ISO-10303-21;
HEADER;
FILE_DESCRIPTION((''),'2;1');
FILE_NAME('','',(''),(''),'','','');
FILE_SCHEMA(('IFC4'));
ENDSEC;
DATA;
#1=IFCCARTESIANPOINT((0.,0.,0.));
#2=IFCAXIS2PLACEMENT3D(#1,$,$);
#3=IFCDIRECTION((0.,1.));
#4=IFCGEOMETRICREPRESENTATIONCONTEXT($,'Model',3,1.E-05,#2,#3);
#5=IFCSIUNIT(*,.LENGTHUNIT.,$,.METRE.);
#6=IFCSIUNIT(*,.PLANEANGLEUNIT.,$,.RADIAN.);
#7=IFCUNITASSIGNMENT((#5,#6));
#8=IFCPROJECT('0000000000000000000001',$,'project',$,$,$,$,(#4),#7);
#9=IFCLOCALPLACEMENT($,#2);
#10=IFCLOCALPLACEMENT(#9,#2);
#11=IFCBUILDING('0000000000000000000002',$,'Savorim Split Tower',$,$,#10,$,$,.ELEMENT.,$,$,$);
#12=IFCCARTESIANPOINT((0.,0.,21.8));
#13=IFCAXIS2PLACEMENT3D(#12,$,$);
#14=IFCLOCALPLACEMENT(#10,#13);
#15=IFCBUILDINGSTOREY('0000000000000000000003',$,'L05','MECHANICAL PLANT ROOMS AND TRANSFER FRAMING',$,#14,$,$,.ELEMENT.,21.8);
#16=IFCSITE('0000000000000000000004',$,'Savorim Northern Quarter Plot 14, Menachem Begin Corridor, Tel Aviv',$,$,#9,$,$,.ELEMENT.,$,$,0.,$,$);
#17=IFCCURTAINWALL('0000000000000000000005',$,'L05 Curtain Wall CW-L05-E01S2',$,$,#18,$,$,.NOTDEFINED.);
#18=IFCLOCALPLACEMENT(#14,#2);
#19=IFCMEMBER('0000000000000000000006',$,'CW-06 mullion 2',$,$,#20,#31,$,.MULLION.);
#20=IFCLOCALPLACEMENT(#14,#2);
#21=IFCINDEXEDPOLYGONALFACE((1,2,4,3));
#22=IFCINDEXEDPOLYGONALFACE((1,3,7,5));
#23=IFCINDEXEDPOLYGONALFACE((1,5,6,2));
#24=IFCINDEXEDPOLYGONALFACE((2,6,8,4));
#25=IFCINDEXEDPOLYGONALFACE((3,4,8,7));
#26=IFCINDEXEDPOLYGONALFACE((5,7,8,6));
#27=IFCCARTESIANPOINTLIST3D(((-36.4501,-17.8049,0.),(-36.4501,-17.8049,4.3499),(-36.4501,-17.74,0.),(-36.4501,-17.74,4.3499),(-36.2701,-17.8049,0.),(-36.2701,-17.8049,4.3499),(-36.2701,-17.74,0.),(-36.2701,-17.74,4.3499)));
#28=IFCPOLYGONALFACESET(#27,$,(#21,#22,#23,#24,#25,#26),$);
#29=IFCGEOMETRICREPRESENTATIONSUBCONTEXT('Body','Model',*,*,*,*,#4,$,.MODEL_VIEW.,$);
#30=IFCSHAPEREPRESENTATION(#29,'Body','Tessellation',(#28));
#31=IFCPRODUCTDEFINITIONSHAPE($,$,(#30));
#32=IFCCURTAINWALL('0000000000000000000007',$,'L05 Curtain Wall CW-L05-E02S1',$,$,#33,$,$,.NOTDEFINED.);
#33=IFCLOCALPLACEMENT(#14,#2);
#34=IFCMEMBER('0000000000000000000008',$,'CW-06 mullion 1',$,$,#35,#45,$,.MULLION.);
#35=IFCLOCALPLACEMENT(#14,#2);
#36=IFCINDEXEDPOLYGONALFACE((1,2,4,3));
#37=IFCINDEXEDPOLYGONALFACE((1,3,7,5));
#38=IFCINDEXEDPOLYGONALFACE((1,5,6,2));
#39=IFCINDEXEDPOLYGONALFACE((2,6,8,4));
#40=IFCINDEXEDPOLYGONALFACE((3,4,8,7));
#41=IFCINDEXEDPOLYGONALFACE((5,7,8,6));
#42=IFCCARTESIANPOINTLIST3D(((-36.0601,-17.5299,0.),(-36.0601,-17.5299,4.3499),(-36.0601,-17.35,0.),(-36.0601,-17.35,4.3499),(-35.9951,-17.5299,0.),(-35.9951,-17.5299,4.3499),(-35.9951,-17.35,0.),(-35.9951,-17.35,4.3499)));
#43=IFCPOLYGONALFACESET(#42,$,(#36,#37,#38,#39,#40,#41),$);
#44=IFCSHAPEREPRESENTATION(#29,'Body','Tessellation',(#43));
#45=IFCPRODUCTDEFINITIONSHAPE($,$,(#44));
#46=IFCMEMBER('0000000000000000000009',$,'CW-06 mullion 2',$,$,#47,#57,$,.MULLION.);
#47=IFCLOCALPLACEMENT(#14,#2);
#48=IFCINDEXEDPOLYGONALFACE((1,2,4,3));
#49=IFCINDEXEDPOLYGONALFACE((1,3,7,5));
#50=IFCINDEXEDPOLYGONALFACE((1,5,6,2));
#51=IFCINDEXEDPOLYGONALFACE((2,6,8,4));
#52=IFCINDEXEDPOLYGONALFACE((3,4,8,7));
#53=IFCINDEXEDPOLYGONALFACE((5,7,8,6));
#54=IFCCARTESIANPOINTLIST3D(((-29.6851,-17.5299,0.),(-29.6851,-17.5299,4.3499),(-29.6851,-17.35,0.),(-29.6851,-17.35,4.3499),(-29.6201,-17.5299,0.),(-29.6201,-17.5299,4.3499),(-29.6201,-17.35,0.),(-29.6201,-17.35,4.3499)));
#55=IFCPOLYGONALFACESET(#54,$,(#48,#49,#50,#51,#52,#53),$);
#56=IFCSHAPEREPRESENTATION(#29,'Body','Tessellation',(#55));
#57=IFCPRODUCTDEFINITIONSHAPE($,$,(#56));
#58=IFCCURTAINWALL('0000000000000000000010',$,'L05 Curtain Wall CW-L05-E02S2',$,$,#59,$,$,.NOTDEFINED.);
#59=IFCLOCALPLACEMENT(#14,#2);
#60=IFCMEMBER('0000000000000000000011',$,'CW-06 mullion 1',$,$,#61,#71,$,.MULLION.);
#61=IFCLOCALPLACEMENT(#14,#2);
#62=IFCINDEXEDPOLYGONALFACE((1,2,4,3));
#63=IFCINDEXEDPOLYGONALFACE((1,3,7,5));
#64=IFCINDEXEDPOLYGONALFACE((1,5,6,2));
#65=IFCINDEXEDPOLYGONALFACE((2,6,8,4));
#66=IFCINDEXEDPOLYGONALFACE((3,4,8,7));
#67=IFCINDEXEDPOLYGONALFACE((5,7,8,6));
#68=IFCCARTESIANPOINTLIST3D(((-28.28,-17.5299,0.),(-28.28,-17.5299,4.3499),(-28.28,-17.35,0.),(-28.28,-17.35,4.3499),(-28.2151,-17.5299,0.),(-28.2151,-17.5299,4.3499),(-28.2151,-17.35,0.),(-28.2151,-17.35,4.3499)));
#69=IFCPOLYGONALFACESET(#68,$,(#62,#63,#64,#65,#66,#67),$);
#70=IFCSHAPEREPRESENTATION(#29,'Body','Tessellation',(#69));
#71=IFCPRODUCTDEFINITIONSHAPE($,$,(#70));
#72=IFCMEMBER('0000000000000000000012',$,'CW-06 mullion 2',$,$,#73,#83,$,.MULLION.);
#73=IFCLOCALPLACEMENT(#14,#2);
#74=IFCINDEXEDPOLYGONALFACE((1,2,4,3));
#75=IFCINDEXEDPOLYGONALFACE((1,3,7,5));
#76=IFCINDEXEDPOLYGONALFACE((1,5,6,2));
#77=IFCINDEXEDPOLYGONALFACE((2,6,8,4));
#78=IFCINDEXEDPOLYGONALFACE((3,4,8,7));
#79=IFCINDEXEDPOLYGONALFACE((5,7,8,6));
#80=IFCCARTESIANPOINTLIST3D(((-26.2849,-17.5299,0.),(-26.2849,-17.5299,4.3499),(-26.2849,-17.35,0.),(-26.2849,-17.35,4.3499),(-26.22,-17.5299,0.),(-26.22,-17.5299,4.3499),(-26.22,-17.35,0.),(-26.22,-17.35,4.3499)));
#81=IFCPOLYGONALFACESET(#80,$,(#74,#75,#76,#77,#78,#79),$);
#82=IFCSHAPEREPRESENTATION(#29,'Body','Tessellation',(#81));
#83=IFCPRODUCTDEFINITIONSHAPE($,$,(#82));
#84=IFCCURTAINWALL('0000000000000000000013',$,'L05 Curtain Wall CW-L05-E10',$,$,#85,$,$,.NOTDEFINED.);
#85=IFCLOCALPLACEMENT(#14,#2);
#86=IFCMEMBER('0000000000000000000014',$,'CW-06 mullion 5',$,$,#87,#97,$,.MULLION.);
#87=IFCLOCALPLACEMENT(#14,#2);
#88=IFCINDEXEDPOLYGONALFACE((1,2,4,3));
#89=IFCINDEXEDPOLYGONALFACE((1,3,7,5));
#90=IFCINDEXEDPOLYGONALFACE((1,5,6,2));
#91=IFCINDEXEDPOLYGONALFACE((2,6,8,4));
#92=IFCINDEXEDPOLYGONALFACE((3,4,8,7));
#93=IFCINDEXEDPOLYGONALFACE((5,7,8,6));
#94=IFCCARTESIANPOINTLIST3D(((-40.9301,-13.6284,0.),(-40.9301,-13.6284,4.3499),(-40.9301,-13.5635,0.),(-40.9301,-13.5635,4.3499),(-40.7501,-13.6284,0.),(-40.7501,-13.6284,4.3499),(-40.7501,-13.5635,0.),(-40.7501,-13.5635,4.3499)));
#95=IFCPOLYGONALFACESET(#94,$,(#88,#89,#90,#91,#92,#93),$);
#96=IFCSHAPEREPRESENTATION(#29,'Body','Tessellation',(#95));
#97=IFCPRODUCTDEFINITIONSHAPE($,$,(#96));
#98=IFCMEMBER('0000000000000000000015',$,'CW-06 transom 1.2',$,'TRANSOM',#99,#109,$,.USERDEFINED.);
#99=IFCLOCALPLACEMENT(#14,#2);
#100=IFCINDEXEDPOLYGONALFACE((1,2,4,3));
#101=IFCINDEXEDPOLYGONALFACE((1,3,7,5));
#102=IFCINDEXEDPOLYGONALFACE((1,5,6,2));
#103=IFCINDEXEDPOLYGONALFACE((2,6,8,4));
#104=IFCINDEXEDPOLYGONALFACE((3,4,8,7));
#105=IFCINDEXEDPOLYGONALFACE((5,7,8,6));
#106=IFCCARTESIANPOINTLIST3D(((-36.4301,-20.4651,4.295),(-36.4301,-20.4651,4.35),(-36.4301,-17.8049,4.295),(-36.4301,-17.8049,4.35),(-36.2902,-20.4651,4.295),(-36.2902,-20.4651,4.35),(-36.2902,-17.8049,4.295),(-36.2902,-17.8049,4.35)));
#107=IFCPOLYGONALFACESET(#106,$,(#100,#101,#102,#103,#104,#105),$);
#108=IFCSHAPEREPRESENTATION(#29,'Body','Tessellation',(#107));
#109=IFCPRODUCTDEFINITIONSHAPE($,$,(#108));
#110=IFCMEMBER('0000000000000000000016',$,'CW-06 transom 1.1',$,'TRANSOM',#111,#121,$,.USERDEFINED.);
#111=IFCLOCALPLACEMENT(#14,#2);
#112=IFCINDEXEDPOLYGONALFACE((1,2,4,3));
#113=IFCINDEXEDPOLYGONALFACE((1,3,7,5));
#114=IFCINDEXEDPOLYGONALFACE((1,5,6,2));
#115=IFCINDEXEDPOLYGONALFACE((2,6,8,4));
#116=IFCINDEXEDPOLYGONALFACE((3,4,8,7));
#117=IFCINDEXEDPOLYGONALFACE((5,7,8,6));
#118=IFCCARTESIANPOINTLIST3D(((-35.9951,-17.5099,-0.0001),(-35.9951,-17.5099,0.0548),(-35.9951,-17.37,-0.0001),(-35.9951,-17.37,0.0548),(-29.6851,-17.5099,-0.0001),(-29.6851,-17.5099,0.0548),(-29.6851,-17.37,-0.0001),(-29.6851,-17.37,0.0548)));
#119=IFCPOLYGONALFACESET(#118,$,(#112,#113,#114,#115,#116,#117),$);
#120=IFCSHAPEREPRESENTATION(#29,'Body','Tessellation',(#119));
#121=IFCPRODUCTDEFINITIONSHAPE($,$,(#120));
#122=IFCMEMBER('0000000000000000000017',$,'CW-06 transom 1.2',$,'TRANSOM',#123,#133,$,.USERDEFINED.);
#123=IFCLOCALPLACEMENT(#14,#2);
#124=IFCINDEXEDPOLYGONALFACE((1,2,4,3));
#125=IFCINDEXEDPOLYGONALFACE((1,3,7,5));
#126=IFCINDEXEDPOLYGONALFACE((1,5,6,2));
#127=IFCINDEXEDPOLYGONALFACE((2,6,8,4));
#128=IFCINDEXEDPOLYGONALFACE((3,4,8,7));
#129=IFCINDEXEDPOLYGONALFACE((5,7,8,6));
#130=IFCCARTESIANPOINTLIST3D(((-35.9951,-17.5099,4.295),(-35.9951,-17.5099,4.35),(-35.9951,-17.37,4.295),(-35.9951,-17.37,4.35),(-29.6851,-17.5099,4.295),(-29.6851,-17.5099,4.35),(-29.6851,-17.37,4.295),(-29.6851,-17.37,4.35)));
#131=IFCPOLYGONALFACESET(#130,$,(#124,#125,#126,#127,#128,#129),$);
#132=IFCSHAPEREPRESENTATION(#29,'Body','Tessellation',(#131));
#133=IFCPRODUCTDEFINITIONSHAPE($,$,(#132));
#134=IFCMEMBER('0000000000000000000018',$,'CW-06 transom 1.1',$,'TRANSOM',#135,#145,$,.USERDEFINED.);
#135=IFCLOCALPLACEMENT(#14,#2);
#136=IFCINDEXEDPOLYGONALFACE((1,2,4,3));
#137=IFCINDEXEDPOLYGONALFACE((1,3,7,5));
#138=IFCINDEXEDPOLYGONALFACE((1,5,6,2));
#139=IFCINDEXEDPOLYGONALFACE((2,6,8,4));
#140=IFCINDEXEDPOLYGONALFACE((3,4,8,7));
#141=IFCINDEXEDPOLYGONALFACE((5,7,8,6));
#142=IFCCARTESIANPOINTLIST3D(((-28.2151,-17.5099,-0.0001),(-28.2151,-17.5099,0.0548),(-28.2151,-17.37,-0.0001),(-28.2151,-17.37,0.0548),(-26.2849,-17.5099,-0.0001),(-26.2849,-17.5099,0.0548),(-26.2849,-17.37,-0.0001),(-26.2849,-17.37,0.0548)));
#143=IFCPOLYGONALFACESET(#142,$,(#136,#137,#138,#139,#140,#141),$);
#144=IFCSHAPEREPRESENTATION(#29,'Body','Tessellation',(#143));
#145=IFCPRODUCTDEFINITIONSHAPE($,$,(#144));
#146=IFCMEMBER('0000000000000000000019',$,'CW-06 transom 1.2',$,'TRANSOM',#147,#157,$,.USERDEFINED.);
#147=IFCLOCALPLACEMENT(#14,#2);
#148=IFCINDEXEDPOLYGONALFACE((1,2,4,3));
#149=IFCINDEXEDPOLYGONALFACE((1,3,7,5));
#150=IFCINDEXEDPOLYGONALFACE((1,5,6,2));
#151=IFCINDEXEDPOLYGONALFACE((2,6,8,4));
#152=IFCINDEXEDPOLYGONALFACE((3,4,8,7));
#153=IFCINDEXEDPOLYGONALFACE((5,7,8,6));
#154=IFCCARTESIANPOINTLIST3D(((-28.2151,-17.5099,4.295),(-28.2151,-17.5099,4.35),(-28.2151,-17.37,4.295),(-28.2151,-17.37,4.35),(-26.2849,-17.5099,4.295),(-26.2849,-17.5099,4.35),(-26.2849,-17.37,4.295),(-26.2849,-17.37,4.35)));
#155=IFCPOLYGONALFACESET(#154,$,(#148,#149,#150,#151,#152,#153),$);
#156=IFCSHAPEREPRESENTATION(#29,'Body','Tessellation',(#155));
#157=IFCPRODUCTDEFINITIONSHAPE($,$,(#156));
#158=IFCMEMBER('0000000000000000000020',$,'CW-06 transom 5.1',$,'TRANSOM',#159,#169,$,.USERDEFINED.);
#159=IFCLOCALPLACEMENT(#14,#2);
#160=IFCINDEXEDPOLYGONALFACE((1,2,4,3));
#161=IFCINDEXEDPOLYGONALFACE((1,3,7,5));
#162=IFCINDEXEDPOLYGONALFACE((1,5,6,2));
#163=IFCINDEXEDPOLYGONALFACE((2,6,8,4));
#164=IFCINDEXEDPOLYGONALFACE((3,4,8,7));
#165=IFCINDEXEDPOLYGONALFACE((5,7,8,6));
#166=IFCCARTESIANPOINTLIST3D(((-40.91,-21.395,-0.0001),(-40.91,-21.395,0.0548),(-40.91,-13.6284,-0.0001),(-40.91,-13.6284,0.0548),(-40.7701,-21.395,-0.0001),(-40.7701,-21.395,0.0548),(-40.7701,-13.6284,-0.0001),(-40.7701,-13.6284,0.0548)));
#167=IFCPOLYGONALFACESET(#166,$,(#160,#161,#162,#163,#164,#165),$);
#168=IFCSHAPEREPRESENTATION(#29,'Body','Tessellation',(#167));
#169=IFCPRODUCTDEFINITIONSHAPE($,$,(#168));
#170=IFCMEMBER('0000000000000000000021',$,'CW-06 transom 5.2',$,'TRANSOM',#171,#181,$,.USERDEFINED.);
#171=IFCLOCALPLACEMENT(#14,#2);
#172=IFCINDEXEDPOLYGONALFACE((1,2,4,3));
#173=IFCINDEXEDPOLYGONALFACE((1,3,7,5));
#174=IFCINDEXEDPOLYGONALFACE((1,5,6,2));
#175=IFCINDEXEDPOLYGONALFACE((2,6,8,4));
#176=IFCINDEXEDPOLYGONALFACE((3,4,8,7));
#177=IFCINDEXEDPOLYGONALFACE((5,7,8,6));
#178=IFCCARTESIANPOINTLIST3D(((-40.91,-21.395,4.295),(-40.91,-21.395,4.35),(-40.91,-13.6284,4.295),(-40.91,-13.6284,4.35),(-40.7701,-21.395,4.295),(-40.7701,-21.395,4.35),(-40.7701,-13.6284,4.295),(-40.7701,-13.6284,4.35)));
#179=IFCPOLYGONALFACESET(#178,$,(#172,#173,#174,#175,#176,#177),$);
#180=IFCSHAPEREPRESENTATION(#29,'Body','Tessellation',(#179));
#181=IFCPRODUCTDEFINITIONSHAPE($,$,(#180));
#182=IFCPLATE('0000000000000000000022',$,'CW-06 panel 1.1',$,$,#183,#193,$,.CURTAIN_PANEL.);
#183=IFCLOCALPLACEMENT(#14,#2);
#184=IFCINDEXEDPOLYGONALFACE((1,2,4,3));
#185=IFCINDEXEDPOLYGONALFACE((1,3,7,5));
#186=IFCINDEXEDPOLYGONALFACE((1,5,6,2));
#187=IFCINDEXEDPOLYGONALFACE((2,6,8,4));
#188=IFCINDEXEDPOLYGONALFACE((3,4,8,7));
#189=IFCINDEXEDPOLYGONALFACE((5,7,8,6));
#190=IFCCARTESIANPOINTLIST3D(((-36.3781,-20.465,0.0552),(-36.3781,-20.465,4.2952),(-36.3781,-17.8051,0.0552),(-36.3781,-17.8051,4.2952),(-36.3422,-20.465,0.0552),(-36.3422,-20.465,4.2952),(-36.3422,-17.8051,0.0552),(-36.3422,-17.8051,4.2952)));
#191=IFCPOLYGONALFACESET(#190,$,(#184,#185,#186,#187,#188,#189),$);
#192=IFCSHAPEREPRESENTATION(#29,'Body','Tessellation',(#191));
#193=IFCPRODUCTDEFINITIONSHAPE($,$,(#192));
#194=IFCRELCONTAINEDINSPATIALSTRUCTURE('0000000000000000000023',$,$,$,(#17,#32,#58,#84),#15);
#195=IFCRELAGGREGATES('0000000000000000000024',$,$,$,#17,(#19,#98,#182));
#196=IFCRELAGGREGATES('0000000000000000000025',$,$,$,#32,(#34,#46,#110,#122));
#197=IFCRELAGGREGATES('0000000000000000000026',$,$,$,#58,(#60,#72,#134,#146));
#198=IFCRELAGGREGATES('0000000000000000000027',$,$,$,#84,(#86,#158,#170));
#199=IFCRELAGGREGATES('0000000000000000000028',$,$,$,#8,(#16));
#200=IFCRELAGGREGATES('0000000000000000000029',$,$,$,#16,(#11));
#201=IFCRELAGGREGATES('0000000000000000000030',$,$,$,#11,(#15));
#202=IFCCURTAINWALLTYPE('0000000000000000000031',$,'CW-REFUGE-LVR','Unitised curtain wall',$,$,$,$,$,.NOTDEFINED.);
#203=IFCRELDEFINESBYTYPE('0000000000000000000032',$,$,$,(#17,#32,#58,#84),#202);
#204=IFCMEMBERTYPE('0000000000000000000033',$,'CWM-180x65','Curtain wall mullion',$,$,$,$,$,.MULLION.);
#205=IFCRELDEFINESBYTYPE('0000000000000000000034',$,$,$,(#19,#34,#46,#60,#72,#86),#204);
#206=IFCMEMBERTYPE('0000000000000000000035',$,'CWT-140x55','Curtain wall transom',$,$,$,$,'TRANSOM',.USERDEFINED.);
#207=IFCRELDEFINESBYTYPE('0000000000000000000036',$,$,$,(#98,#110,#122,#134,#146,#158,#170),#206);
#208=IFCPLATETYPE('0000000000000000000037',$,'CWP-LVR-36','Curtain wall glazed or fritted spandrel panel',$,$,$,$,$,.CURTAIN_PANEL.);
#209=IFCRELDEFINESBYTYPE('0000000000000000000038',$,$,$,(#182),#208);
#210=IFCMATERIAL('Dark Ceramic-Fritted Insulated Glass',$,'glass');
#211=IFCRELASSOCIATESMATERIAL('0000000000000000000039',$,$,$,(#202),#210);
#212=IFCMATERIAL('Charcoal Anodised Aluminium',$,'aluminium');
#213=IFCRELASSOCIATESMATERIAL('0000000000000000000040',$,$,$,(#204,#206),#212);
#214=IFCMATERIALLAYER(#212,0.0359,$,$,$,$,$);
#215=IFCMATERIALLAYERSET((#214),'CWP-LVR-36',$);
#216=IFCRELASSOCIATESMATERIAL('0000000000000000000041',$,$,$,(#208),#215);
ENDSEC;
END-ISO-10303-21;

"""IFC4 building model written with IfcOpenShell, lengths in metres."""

from ifc_helpers import new_model, si_unit, direction, frame, origin, origin_2d, place, context, subcontext, project, spatial, rectangle, extrude, material, layer, layer_set, material_profile, profile_set, type_object, element, aggregate, save


model = new_model("IFC4")

# Units and contexts
model_context = context("Model", 3, precision=1e-05, world=origin(), true_north=direction((0.0, 1.0)))
body_context = subcontext(model_context, "Body", "Model", "MODEL_VIEW")
ifc_project = project(units=[si_unit("LENGTHUNIT", "METRE"), si_unit("PLANEANGLEUNIT", "RADIAN")], contexts=[model_context])

# Site, building, storey
site_placement = place(None, origin())
site = spatial("IfcSite", under=ifc_project, at=site_placement, Name="Savorim Northern Quarter Plot 14, Menachem Begin Corridor, Tel Aviv", CompositionType="ELEMENT", RefElevation=0.0)
building_placement = place(site_placement, origin())
building = spatial("IfcBuilding", under=site, at=building_placement, Name="Savorim Split Tower", CompositionType="ELEMENT")
storey_placement = place(building_placement, frame((0.0, 0.0, 21.8)))
storey = spatial("IfcBuildingStorey", under=building, at=storey_placement, Name="L05", Description="MECHANICAL PLANT ROOMS AND TRANSFER FRAMING", CompositionType="ELEMENT", Elevation=21.8)

# Curtain wall, member
ifc_material_1 = material(Name="Dark Ceramic-Fritted Insulated Glass", Category="glass")
curtain_wall_type = type_object("IfcCurtainWallType", Name="CW-REFUGE-LVR", Description="Unitised curtain wall", PredefinedType="NOTDEFINED", material=ifc_material_1)
curtain_wall_1_placement = place(storey_placement, origin())
curtain_wall_1 = element("IfcCurtainWall", 1, at=curtain_wall_1_placement, inside=storey, type_object=curtain_wall_type, Name="L05 Curtain Wall CW-L05-E01S2", PredefinedType="NOTDEFINED")
ifc_material_2 = material(Name="Charcoal Anodised Aluminium", Category="aluminium")
ifc_material_profile_1 = material_profile(ifc_material_2, rectangle(XDim=0.1799, YDim=0.0649, at=origin_2d()), Name="ALU-M 180x65")
ifc_profile_set_1 = profile_set([ifc_material_profile_1], Name="Charcoal Anodised Aluminium")
member_type_1 = type_object("IfcMemberType", Name="CWM-180x65", Description="Curtain wall mullion", PredefinedType="MULLION", material=ifc_profile_set_1)
member_1_placement = place(storey_placement, frame((-36.3601, -17.7725, 0.0), z_axis=(0.0, 0.0, 1.0), x_axis=(-1.0, 0.0, 0.0)))
member_1 = element("IfcMember", 2, at=member_1_placement, type_object=member_type_1, Name="CW-06 mullion 2", PredefinedType="MULLION", context=body_context, shape_type="SweptSolid", body=[
    extrude(rectangle(XDim=0.1799, YDim=0.0649, at=origin_2d()), origin(), (0.0, 0.0, 1.0), 4.3499),
])

# Curtain walls, members
curtain_wall_2_placement = place(storey_placement, origin())
curtain_wall_2 = element("IfcCurtainWall", 3, at=curtain_wall_2_placement, inside=storey, type_object=curtain_wall_type, Name="L05 Curtain Wall CW-L05-E02S1", PredefinedType="NOTDEFINED")
member_2_placement = place(storey_placement, frame((-36.0276, -17.4399, 0.0), z_axis=(0.0, 0.0, 1.0), x_axis=(0.0, 1.0, 0.0)))
member_2 = element("IfcMember", 4, at=member_2_placement, type_object=member_type_1, Name="CW-06 mullion 1", PredefinedType="MULLION", context=body_context, shape_type="SweptSolid", body=[
    extrude(rectangle(XDim=0.1799, YDim=0.0649, at=origin_2d()), origin(), (0.0, 0.0, 1.0), 4.3499),
])
member_3_placement = place(storey_placement, frame((-29.6526, -17.4399, 0.0), z_axis=(0.0, 0.0, 1.0), x_axis=(0.0, 1.0, 0.0)))
member_3 = element("IfcMember", 5, at=member_3_placement, type_object=member_type_1, Name="CW-06 mullion 2", PredefinedType="MULLION", context=body_context, shape_type="SweptSolid", body=[
    extrude(rectangle(XDim=0.1799, YDim=0.0649, at=origin_2d()), origin(), (0.0, 0.0, 1.0), 4.3499),
])
curtain_wall_3_placement = place(storey_placement, origin())
curtain_wall_3 = element("IfcCurtainWall", 6, at=curtain_wall_3_placement, inside=storey, type_object=curtain_wall_type, Name="L05 Curtain Wall CW-L05-E02S2", PredefinedType="NOTDEFINED")
member_4_placement = place(storey_placement, frame((-28.2476, -17.4399, 0.0), z_axis=(0.0, 0.0, 1.0), x_axis=(0.0, 1.0, 0.0)))
member_4 = element("IfcMember", 7, at=member_4_placement, type_object=member_type_1, Name="CW-06 mullion 1", PredefinedType="MULLION", context=body_context, shape_type="SweptSolid", body=[
    extrude(rectangle(XDim=0.1799, YDim=0.0649, at=origin_2d()), origin(), (0.0, 0.0, 1.0), 4.3499),
])
member_5_placement = place(storey_placement, frame((-26.2524, -17.4399, 0.0), z_axis=(0.0, 0.0, 1.0), x_axis=(0.0, 1.0, 0.0)))
member_5 = element("IfcMember", 8, at=member_5_placement, type_object=member_type_1, Name="CW-06 mullion 2", PredefinedType="MULLION", context=body_context, shape_type="SweptSolid", body=[
    extrude(rectangle(XDim=0.1799, YDim=0.0649, at=origin_2d()), origin(), (0.0, 0.0, 1.0), 4.3499),
])

# Curtain wall, member
curtain_wall_4_placement = place(storey_placement, origin())
curtain_wall_4 = element("IfcCurtainWall", 9, at=curtain_wall_4_placement, inside=storey, type_object=curtain_wall_type, Name="L05 Curtain Wall CW-L05-E10", PredefinedType="NOTDEFINED")
member_6_placement = place(storey_placement, frame((-40.8401, -13.5959, 0.0), z_axis=(0.0, 0.0, 1.0), x_axis=(1.0, 0.0, 0.0)))
member_6 = element("IfcMember", 10, at=member_6_placement, type_object=member_type_1, Name="CW-06 mullion 5", PredefinedType="MULLION", context=body_context, shape_type="SweptSolid", body=[
    extrude(rectangle(XDim=0.1799, YDim=0.0649, at=origin_2d()), origin(), (0.0, 0.0, 1.0), 4.3499),
])

# Members
ifc_material_profile_2 = material_profile(ifc_material_2, rectangle(XDim=0.1399, YDim=0.0549, at=origin_2d()), Name="ALU-T 140x55")
ifc_profile_set_2 = profile_set([ifc_material_profile_2], Name="Charcoal Anodised Aluminium")
member_type_2 = type_object("IfcMemberType", Name="CWT-140x55", Description="Curtain wall transom", ElementType="TRANSOM", PredefinedType="USERDEFINED", material=ifc_profile_set_2)
member_7_placement = place(storey_placement, frame((-36.3601, -20.4651, 4.3225), z_axis=(0.0, 1.0, 0.0), x_axis=(-1.0, 0.0, 0.0)))
member_7 = element("IfcMember", 11, at=member_7_placement, type_object=member_type_2, Name="CW-06 transom 1.2", ObjectType="TRANSOM", PredefinedType="USERDEFINED", context=body_context, shape_type="SweptSolid", body=[
    extrude(rectangle(XDim=0.1399, YDim=0.0549, at=origin_2d()), origin(), (0.0, 0.0, 1.0), 2.6602),
])
member_8_placement = place(storey_placement, frame((-35.9951, -17.4399, 0.0273), z_axis=(1.0, 0.0, 0.0), x_axis=(0.0, 1.0, 0.0)))
member_8 = element("IfcMember", 12, at=member_8_placement, type_object=member_type_2, Name="CW-06 transom 1.1", ObjectType="TRANSOM", PredefinedType="USERDEFINED", context=body_context, shape_type="SweptSolid", body=[
    extrude(rectangle(XDim=0.1399, YDim=0.0549, at=origin_2d()), origin(), (0.0, 0.0, 1.0), 6.3101),
])
member_9_placement = place(storey_placement, frame((-35.9951, -17.4399, 4.3225), z_axis=(1.0, 0.0, 0.0), x_axis=(0.0, 1.0, 0.0)))
member_9 = element("IfcMember", 13, at=member_9_placement, type_object=member_type_2, Name="CW-06 transom 1.2", ObjectType="TRANSOM", PredefinedType="USERDEFINED", context=body_context, shape_type="SweptSolid", body=[
    extrude(rectangle(XDim=0.1399, YDim=0.0549, at=origin_2d()), origin(), (0.0, 0.0, 1.0), 6.3101),
])
member_10_placement = place(storey_placement, frame((-28.2151, -17.4399, 0.0273), z_axis=(1.0, 0.0, 0.0), x_axis=(0.0, 1.0, 0.0)))
member_10 = element("IfcMember", 14, at=member_10_placement, type_object=member_type_2, Name="CW-06 transom 1.1", ObjectType="TRANSOM", PredefinedType="USERDEFINED", context=body_context, shape_type="SweptSolid", body=[
    extrude(rectangle(XDim=0.1399, YDim=0.0549, at=origin_2d()), origin(), (0.0, 0.0, 1.0), 1.9302),
])
member_11_placement = place(storey_placement, frame((-28.2151, -17.4399, 4.3225), z_axis=(1.0, 0.0, 0.0), x_axis=(0.0, 1.0, 0.0)))
member_11 = element("IfcMember", 15, at=member_11_placement, type_object=member_type_2, Name="CW-06 transom 1.2", ObjectType="TRANSOM", PredefinedType="USERDEFINED", context=body_context, shape_type="SweptSolid", body=[
    extrude(rectangle(XDim=0.1399, YDim=0.0549, at=origin_2d()), origin(), (0.0, 0.0, 1.0), 1.9302),
])
member_12_placement = place(storey_placement, frame((-40.8401, -13.6284, 0.0273), z_axis=(0.0, -1.0, 0.0), x_axis=(1.0, 0.0, 0.0)))
member_12 = element("IfcMember", 16, at=member_12_placement, type_object=member_type_2, Name="CW-06 transom 5.1", ObjectType="TRANSOM", PredefinedType="USERDEFINED", context=body_context, shape_type="SweptSolid", body=[
    extrude(rectangle(XDim=0.1399, YDim=0.0549, at=origin_2d()), origin(), (0.0, 0.0, 1.0), 7.7666),
])
member_13_placement = place(storey_placement, frame((-40.8401, -13.6284, 4.3225), z_axis=(0.0, -1.0, 0.0), x_axis=(1.0, 0.0, 0.0)))
member_13 = element("IfcMember", 17, at=member_13_placement, type_object=member_type_2, Name="CW-06 transom 5.2", ObjectType="TRANSOM", PredefinedType="USERDEFINED", context=body_context, shape_type="SweptSolid", body=[
    extrude(rectangle(XDim=0.1399, YDim=0.0549, at=origin_2d()), origin(), (0.0, 0.0, 1.0), 7.7666),
])

# Plate
ifc_layer = layer(ifc_material_2, 0.0359)
ifc_layer_set = layer_set([ifc_layer], Name="CWP-LVR-36")
plate_type = type_object("IfcPlateType", Name="CWP-LVR-36", Description="Curtain wall glazed or fritted spandrel panel", PredefinedType="CURTAIN_PANEL", material=ifc_layer_set)
plate_1_placement = place(storey_placement, frame((-36.3601, -19.135, 0.0552), z_axis=(0.0, 0.0, 1.0), x_axis=(0.0, 1.0, 0.0)))
plate_1 = element("IfcPlate", 18, at=plate_1_placement, type_object=plate_type, Name="CW-06 panel 1.1", PredefinedType="CURTAIN_PANEL", context=body_context, shape_type="SweptSolid", body=[
    extrude(rectangle(XDim=2.6599, YDim=0.0359, at=origin_2d()), origin(), (0.0, 0.0, 1.0), 4.24),
])
aggregate(curtain_wall_1, [member_1, member_7, plate_1])
aggregate(curtain_wall_2, [member_2, member_3, member_8, member_9])
aggregate(curtain_wall_3, [member_4, member_5, member_10, member_11])
aggregate(curtain_wall_4, [member_6, member_12, member_13])

save(model, "model.ifc")
